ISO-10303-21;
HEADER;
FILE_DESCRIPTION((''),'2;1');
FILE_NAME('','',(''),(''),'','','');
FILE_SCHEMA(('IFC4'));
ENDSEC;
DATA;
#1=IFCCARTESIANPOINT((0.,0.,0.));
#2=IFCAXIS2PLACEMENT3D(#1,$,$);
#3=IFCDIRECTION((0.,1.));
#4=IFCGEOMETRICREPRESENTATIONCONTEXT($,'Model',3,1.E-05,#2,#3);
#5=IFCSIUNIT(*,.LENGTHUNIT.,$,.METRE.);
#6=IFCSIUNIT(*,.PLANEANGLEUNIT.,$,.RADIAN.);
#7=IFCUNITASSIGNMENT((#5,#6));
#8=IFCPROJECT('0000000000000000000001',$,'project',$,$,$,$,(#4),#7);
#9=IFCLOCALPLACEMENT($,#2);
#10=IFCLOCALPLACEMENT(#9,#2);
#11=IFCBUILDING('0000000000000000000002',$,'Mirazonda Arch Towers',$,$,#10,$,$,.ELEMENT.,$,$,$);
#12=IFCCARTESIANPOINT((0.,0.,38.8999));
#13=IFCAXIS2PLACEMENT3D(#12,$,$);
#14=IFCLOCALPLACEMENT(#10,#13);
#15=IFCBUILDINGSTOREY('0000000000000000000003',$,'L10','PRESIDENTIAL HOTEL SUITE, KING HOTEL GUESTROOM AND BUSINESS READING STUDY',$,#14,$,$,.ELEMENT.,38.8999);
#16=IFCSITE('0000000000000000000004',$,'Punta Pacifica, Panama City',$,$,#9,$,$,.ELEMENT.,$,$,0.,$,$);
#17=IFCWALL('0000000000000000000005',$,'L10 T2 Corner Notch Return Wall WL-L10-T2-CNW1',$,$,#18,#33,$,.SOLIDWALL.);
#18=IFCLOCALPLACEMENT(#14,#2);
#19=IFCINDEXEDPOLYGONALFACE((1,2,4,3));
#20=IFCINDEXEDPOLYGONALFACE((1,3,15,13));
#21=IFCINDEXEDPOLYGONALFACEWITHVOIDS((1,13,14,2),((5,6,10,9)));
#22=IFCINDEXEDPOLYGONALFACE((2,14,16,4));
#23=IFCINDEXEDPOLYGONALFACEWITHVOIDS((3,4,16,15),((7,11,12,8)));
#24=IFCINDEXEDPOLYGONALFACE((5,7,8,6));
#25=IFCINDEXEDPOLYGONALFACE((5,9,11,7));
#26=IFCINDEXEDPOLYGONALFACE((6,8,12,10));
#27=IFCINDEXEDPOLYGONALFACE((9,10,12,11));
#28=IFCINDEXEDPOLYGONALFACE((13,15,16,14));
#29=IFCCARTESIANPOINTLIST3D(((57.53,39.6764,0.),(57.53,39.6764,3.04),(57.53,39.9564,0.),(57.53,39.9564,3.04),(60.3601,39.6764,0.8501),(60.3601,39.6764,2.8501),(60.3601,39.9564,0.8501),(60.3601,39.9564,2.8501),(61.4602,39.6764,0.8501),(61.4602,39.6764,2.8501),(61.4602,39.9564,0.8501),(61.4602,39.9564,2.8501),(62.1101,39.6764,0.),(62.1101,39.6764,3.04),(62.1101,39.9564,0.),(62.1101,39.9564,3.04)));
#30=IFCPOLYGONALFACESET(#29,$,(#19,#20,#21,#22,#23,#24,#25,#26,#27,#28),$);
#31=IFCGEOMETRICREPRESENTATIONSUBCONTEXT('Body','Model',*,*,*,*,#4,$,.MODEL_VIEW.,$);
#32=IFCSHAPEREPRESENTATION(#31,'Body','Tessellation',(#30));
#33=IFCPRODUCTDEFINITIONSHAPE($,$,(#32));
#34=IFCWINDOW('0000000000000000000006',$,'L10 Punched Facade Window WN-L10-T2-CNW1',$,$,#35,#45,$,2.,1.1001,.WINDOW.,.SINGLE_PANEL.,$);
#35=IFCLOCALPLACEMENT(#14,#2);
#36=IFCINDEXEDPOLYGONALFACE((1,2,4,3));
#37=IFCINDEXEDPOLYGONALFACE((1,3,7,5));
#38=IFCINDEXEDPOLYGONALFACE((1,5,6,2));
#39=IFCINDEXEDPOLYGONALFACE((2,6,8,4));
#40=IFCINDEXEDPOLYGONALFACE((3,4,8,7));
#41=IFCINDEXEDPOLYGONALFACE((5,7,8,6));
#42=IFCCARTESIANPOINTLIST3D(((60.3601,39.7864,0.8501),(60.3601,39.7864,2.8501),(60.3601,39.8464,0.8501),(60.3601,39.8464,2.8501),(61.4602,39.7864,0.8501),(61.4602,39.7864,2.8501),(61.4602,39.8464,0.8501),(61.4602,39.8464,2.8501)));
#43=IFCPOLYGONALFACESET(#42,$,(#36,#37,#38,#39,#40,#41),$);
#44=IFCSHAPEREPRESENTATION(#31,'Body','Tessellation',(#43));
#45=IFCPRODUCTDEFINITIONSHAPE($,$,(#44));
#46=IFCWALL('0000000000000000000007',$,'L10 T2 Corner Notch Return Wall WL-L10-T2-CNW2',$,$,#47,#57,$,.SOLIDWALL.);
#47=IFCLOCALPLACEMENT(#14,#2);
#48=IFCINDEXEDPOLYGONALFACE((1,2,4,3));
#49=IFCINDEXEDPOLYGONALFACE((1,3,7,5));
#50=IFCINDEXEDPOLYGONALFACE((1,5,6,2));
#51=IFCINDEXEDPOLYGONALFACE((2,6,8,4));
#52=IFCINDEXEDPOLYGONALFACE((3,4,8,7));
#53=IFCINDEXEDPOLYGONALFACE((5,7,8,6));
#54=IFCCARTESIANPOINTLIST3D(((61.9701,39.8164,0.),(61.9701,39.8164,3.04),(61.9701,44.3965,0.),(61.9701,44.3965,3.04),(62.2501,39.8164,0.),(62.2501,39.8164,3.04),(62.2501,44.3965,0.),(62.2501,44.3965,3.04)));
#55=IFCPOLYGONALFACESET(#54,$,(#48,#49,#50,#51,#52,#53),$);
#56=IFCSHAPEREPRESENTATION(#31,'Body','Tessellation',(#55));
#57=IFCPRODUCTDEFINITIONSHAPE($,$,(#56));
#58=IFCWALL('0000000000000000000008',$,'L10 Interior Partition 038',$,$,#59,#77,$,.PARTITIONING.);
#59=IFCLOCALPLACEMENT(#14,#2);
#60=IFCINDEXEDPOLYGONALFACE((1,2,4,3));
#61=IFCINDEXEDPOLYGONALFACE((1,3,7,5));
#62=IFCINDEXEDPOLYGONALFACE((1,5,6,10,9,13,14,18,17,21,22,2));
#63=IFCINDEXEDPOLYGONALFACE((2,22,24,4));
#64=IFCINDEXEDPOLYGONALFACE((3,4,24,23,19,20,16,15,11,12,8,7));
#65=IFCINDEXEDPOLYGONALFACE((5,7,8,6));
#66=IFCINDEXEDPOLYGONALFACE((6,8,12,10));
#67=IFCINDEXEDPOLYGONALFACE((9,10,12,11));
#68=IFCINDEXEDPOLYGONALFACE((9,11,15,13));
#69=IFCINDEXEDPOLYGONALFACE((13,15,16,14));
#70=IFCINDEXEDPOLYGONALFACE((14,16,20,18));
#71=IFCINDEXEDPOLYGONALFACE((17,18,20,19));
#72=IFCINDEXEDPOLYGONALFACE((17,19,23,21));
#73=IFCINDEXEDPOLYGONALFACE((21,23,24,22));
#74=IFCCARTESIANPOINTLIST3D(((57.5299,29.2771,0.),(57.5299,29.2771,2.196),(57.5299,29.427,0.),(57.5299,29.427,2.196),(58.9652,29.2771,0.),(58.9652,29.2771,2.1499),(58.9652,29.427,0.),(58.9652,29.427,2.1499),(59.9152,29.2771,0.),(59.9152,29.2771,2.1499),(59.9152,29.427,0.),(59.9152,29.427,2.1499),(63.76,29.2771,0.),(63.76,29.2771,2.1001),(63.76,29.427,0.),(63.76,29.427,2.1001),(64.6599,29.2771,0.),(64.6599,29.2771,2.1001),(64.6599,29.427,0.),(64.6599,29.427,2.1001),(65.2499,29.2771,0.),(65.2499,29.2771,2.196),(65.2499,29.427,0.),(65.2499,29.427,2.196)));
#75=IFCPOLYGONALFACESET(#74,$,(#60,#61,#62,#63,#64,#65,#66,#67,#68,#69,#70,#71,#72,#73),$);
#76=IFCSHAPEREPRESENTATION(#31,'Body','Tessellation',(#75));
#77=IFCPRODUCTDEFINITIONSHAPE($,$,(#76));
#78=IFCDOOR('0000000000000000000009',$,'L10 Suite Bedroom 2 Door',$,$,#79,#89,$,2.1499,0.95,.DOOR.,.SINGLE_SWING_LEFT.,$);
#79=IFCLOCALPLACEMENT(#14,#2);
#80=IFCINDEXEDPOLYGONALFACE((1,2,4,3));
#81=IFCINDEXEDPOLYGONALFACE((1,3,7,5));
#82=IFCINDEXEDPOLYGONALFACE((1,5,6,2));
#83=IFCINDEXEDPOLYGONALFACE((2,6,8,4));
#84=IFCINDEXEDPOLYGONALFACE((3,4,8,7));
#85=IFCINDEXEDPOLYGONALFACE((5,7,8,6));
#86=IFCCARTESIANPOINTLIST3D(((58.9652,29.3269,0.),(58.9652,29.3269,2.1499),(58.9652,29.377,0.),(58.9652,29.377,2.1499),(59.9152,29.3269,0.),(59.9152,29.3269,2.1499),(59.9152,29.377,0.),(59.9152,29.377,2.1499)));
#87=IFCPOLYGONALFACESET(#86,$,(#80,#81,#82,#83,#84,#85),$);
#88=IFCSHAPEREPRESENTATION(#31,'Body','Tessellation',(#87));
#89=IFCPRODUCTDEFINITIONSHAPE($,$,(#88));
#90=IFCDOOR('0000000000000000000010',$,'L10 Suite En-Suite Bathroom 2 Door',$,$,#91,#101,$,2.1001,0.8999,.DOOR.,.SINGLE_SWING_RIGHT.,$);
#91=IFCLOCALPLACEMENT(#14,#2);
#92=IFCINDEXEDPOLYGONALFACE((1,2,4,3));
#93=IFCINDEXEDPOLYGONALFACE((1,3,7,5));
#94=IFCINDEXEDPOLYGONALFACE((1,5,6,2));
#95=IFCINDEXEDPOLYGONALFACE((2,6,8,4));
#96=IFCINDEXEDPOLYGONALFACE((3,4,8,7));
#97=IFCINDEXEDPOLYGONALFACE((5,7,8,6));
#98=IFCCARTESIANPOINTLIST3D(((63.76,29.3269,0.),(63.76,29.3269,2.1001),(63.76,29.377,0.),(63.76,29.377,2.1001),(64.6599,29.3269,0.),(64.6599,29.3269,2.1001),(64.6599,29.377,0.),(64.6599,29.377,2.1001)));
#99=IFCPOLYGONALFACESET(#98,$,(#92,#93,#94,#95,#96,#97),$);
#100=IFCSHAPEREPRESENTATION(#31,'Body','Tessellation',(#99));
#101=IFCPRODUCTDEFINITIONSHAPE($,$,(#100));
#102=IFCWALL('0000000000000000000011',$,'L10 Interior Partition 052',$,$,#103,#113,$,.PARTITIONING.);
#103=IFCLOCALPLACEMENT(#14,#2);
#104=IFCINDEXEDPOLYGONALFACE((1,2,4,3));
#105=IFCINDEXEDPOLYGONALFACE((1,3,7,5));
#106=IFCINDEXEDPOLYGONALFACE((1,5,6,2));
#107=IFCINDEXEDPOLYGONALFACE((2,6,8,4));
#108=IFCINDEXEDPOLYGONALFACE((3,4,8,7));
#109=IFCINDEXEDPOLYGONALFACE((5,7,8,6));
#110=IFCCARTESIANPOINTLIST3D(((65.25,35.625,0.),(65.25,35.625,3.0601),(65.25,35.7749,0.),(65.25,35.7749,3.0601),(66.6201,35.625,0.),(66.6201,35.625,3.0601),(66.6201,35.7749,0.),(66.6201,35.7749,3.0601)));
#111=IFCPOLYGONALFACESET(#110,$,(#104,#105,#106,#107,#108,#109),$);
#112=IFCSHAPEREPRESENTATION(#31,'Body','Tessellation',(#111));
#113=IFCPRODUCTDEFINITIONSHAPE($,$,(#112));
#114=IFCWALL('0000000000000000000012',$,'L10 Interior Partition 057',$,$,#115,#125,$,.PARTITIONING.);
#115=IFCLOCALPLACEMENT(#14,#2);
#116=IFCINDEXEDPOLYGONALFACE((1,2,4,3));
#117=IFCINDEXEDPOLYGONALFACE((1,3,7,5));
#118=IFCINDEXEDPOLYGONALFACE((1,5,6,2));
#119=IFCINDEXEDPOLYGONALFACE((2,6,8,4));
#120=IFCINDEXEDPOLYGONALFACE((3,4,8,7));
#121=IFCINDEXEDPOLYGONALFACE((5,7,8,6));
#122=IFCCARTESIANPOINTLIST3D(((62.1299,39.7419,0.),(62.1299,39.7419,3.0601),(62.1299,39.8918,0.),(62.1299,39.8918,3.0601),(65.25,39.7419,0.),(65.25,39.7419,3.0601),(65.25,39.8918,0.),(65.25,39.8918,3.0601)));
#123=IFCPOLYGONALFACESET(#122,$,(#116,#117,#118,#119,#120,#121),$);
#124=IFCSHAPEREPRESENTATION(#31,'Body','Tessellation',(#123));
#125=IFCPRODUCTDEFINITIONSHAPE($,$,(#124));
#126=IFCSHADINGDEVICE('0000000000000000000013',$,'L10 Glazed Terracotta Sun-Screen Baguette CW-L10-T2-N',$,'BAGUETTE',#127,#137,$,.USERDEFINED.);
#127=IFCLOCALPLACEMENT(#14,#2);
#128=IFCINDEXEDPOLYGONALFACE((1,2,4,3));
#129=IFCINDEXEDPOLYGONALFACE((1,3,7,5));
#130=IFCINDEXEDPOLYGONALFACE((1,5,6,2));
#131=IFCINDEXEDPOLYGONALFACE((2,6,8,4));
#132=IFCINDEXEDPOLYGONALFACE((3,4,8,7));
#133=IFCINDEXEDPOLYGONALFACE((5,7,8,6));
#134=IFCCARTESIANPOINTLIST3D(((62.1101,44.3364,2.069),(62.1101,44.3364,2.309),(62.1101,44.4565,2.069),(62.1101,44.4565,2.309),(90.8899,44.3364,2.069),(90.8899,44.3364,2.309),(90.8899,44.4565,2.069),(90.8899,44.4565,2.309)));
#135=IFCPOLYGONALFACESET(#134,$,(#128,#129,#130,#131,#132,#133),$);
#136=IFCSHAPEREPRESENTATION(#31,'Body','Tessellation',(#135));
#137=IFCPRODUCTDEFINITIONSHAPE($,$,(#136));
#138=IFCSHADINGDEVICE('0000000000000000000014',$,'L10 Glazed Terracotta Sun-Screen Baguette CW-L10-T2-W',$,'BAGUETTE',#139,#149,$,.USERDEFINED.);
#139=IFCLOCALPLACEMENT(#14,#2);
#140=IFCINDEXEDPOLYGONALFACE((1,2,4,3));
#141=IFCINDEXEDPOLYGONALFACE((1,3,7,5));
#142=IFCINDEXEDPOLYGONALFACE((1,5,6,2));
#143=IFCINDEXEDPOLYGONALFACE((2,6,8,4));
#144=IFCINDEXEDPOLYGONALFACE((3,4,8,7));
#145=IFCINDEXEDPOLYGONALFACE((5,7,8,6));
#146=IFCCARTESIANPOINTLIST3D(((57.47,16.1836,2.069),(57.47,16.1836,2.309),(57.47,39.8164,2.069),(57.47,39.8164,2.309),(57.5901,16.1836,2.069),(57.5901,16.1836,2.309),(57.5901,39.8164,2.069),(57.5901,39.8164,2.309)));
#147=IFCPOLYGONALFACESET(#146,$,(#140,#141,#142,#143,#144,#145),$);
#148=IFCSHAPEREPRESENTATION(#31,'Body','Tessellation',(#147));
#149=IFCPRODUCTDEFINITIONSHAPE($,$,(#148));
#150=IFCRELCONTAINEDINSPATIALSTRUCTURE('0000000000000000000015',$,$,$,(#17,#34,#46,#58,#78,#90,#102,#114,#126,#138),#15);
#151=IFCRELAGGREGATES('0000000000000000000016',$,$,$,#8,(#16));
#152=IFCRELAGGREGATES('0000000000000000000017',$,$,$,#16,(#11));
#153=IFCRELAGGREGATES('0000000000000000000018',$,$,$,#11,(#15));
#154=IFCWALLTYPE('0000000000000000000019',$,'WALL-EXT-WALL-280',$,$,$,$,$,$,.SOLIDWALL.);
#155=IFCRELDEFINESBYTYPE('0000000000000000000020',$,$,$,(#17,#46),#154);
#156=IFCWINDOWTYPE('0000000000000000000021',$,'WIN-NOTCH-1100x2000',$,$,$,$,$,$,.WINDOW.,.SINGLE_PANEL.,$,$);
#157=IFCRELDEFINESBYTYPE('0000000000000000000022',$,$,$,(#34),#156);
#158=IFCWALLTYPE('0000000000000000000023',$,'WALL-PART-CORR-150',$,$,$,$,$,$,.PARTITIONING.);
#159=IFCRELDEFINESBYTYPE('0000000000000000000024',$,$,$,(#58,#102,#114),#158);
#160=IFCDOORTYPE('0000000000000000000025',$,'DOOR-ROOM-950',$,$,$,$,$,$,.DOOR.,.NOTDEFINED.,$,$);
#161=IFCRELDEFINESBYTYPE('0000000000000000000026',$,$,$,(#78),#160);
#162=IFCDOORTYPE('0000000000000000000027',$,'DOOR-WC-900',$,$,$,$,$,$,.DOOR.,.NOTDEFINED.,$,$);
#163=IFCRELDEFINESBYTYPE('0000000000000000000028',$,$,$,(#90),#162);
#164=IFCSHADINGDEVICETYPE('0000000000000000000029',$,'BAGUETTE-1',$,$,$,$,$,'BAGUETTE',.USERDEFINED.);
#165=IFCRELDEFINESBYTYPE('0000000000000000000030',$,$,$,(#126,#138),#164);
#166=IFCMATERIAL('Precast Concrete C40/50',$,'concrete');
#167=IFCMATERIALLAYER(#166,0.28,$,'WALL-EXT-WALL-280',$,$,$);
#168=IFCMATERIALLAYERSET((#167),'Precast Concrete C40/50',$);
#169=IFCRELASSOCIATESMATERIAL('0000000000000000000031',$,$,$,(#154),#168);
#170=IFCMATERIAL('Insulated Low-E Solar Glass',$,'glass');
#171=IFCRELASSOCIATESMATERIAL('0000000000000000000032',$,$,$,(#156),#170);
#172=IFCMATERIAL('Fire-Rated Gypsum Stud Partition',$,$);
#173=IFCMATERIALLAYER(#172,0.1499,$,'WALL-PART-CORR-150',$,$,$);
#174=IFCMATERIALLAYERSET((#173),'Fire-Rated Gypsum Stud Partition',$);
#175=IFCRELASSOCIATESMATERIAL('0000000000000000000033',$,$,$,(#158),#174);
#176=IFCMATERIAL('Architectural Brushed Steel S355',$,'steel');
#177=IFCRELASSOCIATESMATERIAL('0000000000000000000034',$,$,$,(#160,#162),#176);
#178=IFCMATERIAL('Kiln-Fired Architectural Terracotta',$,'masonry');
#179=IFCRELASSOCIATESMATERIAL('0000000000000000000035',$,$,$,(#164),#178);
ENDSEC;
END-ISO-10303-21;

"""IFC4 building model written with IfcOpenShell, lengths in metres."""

from ifc_helpers import new_model, si_unit, direction, frame, frame_2d, origin, origin_2d, place, context, subcontext, project, spatial, rectangle, extrude, material, layer, layer_set, material_profile, profile_set, type_object, element, fill, save


model = new_model("IFC4")

# Units and contexts
model_context = context("Model", 3, precision=1e-05, world=origin(), true_north=direction((0.0, 1.0)))
body_context = subcontext(model_context, "Body", "Model", "MODEL_VIEW")
ifc_project = project(units=[si_unit("LENGTHUNIT", "METRE"), si_unit("PLANEANGLEUNIT", "RADIAN")], contexts=[model_context])

# Site, building, storey
site_placement = place(None, origin())
site = spatial("IfcSite", under=ifc_project, at=site_placement, Name="Punta Pacifica, Panama City", CompositionType="ELEMENT", RefElevation=0.0)
building_placement = place(site_placement, origin())
building = spatial("IfcBuilding", under=site, at=building_placement, Name="Mirazonda Arch Towers", CompositionType="ELEMENT")
storey_placement = place(building_placement, frame((0.0, 0.0, 38.8999)))
storey = spatial("IfcBuildingStorey", under=building, at=storey_placement, Name="L10", Description="PRESIDENTIAL HOTEL SUITE, KING HOTEL GUESTROOM AND BUSINESS READING STUDY", CompositionType="ELEMENT", Elevation=38.8999)

# Shared definitions
ifc_material_1 = material(Name="Insulated Low-E Solar Glass", Category="glass")

# Wall, opening, window
ifc_material_2 = material(Name="Precast Concrete C40/50", Category="concrete")
ifc_layer_1 = layer(ifc_material_2, 0.28, Name="WALL-EXT-WALL-280")
ifc_layer_set_1 = layer_set([ifc_layer_1], Name="Precast Concrete C40/50")
wall_type_1 = type_object("IfcWallType", Name="WALL-EXT-WALL-280", PredefinedType="SOLIDWALL", material=ifc_layer_set_1)
window_type = type_object("IfcWindowType", Name="WIN-NOTCH-1100x2000", PartitioningType="SINGLE_PANEL", PredefinedType="WINDOW", material=ifc_material_1)
wall_1_placement = place(storey_placement, frame((62.1101, 39.8164, 0.0), z_axis=(0.0, 0.0, 1.0), x_axis=(-1.0, 0.0, 0.0)))
wall_1 = element("IfcWall", 1, at=wall_1_placement, inside=storey, type_object=wall_type_1, Name="L10 T2 Corner Notch Return Wall WL-L10-T2-CNW1", PredefinedType="SOLIDWALL", context=body_context, shape_type="SweptSolid", body=[
    extrude(rectangle(XDim=4.5801, YDim=0.28, at=frame_2d((2.29, 0.0))), origin(), (0.0, 0.0, 1.0), 3.04),
])
opening_1_placement = place(wall_1_placement, frame((0.6499, 0.0, 0.8501)))
opening_1 = element("IfcOpeningElement", 2, at=opening_1_placement, cuts=wall_1, PredefinedType="OPENING", context=body_context, shape_type="SweptSolid", body=[
    extrude(rectangle(XDim=1.1001, YDim=2.0, at=frame_2d((0.55, 1.0))), frame((0.0, 0.1499, 0.0), z_axis=(0.0, -1.0, 0.0), x_axis=(1.0, 0.0, 0.0)), (0.0, 0.0, 1.0), 0.3),
])
window_1_placement = place(opening_1_placement, origin())
window_1 = element("IfcWindow", 3, at=window_1_placement, inside=storey, type_object=window_type, Name="L10 Punched Facade Window WN-L10-T2-CNW1", OverallHeight=2.0, OverallWidth=1.1001, PartitioningType="SINGLE_PANEL", PredefinedType="WINDOW", context=body_context, shape_type="SweptSolid", body=[
    extrude(rectangle(XDim=1.1001, YDim=2.0, at=frame_2d((0.55, 1.0))), frame((0.0, 0.03, 0.0), z_axis=(0.0, -1.0, 0.0), x_axis=(1.0, 0.0, 0.0)), (0.0, 0.0, 1.0), 0.0601),
])
fill(opening_1, window_1)

# Wall
wall_2_placement = place(storey_placement, frame((62.1101, 44.3965, 0.0), z_axis=(0.0, 0.0, 1.0), x_axis=(0.0, -1.0, 0.0)))
element("IfcWall", 4, at=wall_2_placement, inside=storey, type_object=wall_type_1, Name="L10 T2 Corner Notch Return Wall WL-L10-T2-CNW2", PredefinedType="SOLIDWALL", context=body_context, shape_type="SweptSolid", body=[
    extrude(rectangle(XDim=4.5801, YDim=0.28, at=frame_2d((2.29, 0.0))), origin(), (0.0, 0.0, 1.0), 3.04),
])

# Wall, openings, doors
ifc_material_3 = material(Name="Fire-Rated Gypsum Stud Partition")
ifc_layer_2 = layer(ifc_material_3, 0.1499, Name="WALL-PART-CORR-150")
ifc_layer_set_2 = layer_set([ifc_layer_2], Name="Fire-Rated Gypsum Stud Partition")
wall_type_2 = type_object("IfcWallType", Name="WALL-PART-CORR-150", PredefinedType="PARTITIONING", material=ifc_layer_set_2)
wall_3_placement = place(storey_placement, frame((57.53, 29.3521, 0.0), z_axis=(0.0, 0.0, 1.0), x_axis=(1.0, 0.0, 0.0)))
wall_3 = element("IfcWall", 5, at=wall_3_placement, inside=storey, type_object=wall_type_2, Name="L10 Interior Partition 038", PredefinedType="PARTITIONING", context=body_context, shape_type="SweptSolid", body=[
    extrude(rectangle(XDim=7.72, YDim=0.1499, at=frame_2d((3.8599, 0.0))), origin(), (0.0, 0.0, 1.0), 2.196),
])
opening_2_placement = place(wall_3_placement, frame((1.4351, 0.0, 0.0)))
opening_2 = element("IfcOpeningElement", 6, at=opening_2_placement, cuts=wall_3, PredefinedType="OPENING", context=body_context, shape_type="SweptSolid", body=[
    extrude(rectangle(XDim=0.95, YDim=2.1499, at=frame_2d((0.4751, 1.075))), frame((0.0, 0.085, 0.0), z_axis=(0.0, -1.0, 0.0), x_axis=(1.0, 0.0, 0.0)), (0.0, 0.0, 1.0), 0.1699),
])
opening_3_placement = place(wall_3_placement, frame((6.23, 0.0, 0.0)))
opening_3 = element("IfcOpeningElement", 7, at=opening_3_placement, cuts=wall_3, PredefinedType="OPENING", context=body_context, shape_type="SweptSolid", body=[
    extrude(rectangle(XDim=0.8999, YDim=2.1001, at=frame_2d((0.45, 1.05))), frame((0.0, 0.085, 0.0), z_axis=(0.0, -1.0, 0.0), x_axis=(1.0, 0.0, 0.0)), (0.0, 0.0, 1.0), 0.1699),
])
ifc_material_4 = material(Name="Architectural Brushed Steel S355", Category="steel")
door_type_1 = type_object("IfcDoorType", Name="DOOR-ROOM-950", OperationType="NOTDEFINED", PredefinedType="DOOR", material=ifc_material_4)
door_1_placement = place(opening_2_placement, origin())
door_1 = element("IfcDoor", 8, at=door_1_placement, inside=storey, type_object=door_type_1, Name="L10 Suite Bedroom 2 Door", OperationType="SINGLE_SWING_LEFT", OverallHeight=2.1499, OverallWidth=0.95, PredefinedType="DOOR", context=body_context, shape_type="SweptSolid", body=[
    extrude(rectangle(XDim=0.95, YDim=2.1499, at=frame_2d((0.4751, 1.075))), frame((0.0, 0.0249, 0.0), z_axis=(0.0, -1.0, 0.0), x_axis=(1.0, 0.0, 0.0)), (0.0, 0.0, 1.0), 0.05),
])
fill(opening_2, door_1)
door_type_2 = type_object("IfcDoorType", Name="DOOR-WC-900", OperationType="NOTDEFINED", PredefinedType="DOOR", material=ifc_material_4)
door_2_placement = place(opening_3_placement, origin())
door_2 = element("IfcDoor", 9, at=door_2_placement, inside=storey, type_object=door_type_2, Name="L10 Suite En-Suite Bathroom 2 Door", OperationType="SINGLE_SWING_RIGHT", OverallHeight=2.1001, OverallWidth=0.8999, PredefinedType="DOOR", context=body_context, shape_type="SweptSolid", body=[
    extrude(rectangle(XDim=0.8999, YDim=2.1001, at=frame_2d((0.45, 1.05))), frame((0.0, 0.0249, 0.0), z_axis=(0.0, -1.0, 0.0), x_axis=(1.0, 0.0, 0.0)), (0.0, 0.0, 1.0), 0.05),
])
fill(opening_3, door_2)

# Walls
wall_4_placement = place(storey_placement, frame((65.25, 35.7, 0.0), z_axis=(0.0, 0.0, 1.0), x_axis=(1.0, 0.0, 0.0)))
element("IfcWall", 10, at=wall_4_placement, inside=storey, type_object=wall_type_2, Name="L10 Interior Partition 052", PredefinedType="PARTITIONING", context=body_context, shape_type="SweptSolid", body=[
    extrude(rectangle(XDim=1.3701, YDim=0.1499, at=frame_2d((0.6851, 0.0))), origin(), (0.0, 0.0, 1.0), 3.0601),
])
wall_5_placement = place(storey_placement, frame((62.1299, 39.8169, 0.0), z_axis=(0.0, 0.0, 1.0), x_axis=(1.0, 0.0, 0.0)))
element("IfcWall", 11, at=wall_5_placement, inside=storey, type_object=wall_type_2, Name="L10 Interior Partition 057", PredefinedType="PARTITIONING", context=body_context, shape_type="SweptSolid", body=[
    extrude(rectangle(XDim=3.1201, YDim=0.1499, at=frame_2d((1.5601, 0.0))), origin(), (0.0, 0.0, 1.0), 3.0601),
])

# Shading devices
ifc_material_5 = material(Name="Kiln-Fired Architectural Terracotta", Category="masonry")
ifc_material_profile_1 = material_profile(ifc_material_5, rectangle(XDim=0.1201, YDim=0.24, at=origin_2d()), Name="TERRA-BAG-120x240")
ifc_profile_set_1 = profile_set([ifc_material_profile_1], Name="Kiln-Fired Architectural Terracotta")
shading_device_type = type_object("IfcShadingDeviceType", Name="BAGUETTE-1", ElementType="BAGUETTE", PredefinedType="USERDEFINED", material=ifc_profile_set_1)
shading_device_1_placement = place(storey_placement, frame((62.1101, 44.3965, 2.189), z_axis=(1.0, 0.0, 0.0), x_axis=(0.0, 1.0, 0.0)))
element("IfcShadingDevice", 12, at=shading_device_1_placement, inside=storey, type_object=shading_device_type, Name="L10 Glazed Terracotta Sun-Screen Baguette CW-L10-T2-N", ObjectType="BAGUETTE", PredefinedType="USERDEFINED", context=body_context, shape_type="SweptSolid", body=[
    extrude(rectangle(XDim=0.1201, YDim=0.24, at=origin_2d()), origin(), (0.0, 0.0, 1.0), 28.7798),
])
shading_device_2_placement = place(storey_placement, frame((57.53, 39.8164, 2.189), z_axis=(0.0, -1.0, 0.0), x_axis=(1.0, 0.0, 0.0)))
element("IfcShadingDevice", 13, at=shading_device_2_placement, inside=storey, type_object=shading_device_type, Name="L10 Glazed Terracotta Sun-Screen Baguette CW-L10-T2-W", ObjectType="BAGUETTE", PredefinedType="USERDEFINED", context=body_context, shape_type="SweptSolid", body=[
    extrude(rectangle(XDim=0.1201, YDim=0.24, at=origin_2d()), origin(), (0.0, 0.0, 1.0), 23.6328),
])

save(model, "model.ifc")
